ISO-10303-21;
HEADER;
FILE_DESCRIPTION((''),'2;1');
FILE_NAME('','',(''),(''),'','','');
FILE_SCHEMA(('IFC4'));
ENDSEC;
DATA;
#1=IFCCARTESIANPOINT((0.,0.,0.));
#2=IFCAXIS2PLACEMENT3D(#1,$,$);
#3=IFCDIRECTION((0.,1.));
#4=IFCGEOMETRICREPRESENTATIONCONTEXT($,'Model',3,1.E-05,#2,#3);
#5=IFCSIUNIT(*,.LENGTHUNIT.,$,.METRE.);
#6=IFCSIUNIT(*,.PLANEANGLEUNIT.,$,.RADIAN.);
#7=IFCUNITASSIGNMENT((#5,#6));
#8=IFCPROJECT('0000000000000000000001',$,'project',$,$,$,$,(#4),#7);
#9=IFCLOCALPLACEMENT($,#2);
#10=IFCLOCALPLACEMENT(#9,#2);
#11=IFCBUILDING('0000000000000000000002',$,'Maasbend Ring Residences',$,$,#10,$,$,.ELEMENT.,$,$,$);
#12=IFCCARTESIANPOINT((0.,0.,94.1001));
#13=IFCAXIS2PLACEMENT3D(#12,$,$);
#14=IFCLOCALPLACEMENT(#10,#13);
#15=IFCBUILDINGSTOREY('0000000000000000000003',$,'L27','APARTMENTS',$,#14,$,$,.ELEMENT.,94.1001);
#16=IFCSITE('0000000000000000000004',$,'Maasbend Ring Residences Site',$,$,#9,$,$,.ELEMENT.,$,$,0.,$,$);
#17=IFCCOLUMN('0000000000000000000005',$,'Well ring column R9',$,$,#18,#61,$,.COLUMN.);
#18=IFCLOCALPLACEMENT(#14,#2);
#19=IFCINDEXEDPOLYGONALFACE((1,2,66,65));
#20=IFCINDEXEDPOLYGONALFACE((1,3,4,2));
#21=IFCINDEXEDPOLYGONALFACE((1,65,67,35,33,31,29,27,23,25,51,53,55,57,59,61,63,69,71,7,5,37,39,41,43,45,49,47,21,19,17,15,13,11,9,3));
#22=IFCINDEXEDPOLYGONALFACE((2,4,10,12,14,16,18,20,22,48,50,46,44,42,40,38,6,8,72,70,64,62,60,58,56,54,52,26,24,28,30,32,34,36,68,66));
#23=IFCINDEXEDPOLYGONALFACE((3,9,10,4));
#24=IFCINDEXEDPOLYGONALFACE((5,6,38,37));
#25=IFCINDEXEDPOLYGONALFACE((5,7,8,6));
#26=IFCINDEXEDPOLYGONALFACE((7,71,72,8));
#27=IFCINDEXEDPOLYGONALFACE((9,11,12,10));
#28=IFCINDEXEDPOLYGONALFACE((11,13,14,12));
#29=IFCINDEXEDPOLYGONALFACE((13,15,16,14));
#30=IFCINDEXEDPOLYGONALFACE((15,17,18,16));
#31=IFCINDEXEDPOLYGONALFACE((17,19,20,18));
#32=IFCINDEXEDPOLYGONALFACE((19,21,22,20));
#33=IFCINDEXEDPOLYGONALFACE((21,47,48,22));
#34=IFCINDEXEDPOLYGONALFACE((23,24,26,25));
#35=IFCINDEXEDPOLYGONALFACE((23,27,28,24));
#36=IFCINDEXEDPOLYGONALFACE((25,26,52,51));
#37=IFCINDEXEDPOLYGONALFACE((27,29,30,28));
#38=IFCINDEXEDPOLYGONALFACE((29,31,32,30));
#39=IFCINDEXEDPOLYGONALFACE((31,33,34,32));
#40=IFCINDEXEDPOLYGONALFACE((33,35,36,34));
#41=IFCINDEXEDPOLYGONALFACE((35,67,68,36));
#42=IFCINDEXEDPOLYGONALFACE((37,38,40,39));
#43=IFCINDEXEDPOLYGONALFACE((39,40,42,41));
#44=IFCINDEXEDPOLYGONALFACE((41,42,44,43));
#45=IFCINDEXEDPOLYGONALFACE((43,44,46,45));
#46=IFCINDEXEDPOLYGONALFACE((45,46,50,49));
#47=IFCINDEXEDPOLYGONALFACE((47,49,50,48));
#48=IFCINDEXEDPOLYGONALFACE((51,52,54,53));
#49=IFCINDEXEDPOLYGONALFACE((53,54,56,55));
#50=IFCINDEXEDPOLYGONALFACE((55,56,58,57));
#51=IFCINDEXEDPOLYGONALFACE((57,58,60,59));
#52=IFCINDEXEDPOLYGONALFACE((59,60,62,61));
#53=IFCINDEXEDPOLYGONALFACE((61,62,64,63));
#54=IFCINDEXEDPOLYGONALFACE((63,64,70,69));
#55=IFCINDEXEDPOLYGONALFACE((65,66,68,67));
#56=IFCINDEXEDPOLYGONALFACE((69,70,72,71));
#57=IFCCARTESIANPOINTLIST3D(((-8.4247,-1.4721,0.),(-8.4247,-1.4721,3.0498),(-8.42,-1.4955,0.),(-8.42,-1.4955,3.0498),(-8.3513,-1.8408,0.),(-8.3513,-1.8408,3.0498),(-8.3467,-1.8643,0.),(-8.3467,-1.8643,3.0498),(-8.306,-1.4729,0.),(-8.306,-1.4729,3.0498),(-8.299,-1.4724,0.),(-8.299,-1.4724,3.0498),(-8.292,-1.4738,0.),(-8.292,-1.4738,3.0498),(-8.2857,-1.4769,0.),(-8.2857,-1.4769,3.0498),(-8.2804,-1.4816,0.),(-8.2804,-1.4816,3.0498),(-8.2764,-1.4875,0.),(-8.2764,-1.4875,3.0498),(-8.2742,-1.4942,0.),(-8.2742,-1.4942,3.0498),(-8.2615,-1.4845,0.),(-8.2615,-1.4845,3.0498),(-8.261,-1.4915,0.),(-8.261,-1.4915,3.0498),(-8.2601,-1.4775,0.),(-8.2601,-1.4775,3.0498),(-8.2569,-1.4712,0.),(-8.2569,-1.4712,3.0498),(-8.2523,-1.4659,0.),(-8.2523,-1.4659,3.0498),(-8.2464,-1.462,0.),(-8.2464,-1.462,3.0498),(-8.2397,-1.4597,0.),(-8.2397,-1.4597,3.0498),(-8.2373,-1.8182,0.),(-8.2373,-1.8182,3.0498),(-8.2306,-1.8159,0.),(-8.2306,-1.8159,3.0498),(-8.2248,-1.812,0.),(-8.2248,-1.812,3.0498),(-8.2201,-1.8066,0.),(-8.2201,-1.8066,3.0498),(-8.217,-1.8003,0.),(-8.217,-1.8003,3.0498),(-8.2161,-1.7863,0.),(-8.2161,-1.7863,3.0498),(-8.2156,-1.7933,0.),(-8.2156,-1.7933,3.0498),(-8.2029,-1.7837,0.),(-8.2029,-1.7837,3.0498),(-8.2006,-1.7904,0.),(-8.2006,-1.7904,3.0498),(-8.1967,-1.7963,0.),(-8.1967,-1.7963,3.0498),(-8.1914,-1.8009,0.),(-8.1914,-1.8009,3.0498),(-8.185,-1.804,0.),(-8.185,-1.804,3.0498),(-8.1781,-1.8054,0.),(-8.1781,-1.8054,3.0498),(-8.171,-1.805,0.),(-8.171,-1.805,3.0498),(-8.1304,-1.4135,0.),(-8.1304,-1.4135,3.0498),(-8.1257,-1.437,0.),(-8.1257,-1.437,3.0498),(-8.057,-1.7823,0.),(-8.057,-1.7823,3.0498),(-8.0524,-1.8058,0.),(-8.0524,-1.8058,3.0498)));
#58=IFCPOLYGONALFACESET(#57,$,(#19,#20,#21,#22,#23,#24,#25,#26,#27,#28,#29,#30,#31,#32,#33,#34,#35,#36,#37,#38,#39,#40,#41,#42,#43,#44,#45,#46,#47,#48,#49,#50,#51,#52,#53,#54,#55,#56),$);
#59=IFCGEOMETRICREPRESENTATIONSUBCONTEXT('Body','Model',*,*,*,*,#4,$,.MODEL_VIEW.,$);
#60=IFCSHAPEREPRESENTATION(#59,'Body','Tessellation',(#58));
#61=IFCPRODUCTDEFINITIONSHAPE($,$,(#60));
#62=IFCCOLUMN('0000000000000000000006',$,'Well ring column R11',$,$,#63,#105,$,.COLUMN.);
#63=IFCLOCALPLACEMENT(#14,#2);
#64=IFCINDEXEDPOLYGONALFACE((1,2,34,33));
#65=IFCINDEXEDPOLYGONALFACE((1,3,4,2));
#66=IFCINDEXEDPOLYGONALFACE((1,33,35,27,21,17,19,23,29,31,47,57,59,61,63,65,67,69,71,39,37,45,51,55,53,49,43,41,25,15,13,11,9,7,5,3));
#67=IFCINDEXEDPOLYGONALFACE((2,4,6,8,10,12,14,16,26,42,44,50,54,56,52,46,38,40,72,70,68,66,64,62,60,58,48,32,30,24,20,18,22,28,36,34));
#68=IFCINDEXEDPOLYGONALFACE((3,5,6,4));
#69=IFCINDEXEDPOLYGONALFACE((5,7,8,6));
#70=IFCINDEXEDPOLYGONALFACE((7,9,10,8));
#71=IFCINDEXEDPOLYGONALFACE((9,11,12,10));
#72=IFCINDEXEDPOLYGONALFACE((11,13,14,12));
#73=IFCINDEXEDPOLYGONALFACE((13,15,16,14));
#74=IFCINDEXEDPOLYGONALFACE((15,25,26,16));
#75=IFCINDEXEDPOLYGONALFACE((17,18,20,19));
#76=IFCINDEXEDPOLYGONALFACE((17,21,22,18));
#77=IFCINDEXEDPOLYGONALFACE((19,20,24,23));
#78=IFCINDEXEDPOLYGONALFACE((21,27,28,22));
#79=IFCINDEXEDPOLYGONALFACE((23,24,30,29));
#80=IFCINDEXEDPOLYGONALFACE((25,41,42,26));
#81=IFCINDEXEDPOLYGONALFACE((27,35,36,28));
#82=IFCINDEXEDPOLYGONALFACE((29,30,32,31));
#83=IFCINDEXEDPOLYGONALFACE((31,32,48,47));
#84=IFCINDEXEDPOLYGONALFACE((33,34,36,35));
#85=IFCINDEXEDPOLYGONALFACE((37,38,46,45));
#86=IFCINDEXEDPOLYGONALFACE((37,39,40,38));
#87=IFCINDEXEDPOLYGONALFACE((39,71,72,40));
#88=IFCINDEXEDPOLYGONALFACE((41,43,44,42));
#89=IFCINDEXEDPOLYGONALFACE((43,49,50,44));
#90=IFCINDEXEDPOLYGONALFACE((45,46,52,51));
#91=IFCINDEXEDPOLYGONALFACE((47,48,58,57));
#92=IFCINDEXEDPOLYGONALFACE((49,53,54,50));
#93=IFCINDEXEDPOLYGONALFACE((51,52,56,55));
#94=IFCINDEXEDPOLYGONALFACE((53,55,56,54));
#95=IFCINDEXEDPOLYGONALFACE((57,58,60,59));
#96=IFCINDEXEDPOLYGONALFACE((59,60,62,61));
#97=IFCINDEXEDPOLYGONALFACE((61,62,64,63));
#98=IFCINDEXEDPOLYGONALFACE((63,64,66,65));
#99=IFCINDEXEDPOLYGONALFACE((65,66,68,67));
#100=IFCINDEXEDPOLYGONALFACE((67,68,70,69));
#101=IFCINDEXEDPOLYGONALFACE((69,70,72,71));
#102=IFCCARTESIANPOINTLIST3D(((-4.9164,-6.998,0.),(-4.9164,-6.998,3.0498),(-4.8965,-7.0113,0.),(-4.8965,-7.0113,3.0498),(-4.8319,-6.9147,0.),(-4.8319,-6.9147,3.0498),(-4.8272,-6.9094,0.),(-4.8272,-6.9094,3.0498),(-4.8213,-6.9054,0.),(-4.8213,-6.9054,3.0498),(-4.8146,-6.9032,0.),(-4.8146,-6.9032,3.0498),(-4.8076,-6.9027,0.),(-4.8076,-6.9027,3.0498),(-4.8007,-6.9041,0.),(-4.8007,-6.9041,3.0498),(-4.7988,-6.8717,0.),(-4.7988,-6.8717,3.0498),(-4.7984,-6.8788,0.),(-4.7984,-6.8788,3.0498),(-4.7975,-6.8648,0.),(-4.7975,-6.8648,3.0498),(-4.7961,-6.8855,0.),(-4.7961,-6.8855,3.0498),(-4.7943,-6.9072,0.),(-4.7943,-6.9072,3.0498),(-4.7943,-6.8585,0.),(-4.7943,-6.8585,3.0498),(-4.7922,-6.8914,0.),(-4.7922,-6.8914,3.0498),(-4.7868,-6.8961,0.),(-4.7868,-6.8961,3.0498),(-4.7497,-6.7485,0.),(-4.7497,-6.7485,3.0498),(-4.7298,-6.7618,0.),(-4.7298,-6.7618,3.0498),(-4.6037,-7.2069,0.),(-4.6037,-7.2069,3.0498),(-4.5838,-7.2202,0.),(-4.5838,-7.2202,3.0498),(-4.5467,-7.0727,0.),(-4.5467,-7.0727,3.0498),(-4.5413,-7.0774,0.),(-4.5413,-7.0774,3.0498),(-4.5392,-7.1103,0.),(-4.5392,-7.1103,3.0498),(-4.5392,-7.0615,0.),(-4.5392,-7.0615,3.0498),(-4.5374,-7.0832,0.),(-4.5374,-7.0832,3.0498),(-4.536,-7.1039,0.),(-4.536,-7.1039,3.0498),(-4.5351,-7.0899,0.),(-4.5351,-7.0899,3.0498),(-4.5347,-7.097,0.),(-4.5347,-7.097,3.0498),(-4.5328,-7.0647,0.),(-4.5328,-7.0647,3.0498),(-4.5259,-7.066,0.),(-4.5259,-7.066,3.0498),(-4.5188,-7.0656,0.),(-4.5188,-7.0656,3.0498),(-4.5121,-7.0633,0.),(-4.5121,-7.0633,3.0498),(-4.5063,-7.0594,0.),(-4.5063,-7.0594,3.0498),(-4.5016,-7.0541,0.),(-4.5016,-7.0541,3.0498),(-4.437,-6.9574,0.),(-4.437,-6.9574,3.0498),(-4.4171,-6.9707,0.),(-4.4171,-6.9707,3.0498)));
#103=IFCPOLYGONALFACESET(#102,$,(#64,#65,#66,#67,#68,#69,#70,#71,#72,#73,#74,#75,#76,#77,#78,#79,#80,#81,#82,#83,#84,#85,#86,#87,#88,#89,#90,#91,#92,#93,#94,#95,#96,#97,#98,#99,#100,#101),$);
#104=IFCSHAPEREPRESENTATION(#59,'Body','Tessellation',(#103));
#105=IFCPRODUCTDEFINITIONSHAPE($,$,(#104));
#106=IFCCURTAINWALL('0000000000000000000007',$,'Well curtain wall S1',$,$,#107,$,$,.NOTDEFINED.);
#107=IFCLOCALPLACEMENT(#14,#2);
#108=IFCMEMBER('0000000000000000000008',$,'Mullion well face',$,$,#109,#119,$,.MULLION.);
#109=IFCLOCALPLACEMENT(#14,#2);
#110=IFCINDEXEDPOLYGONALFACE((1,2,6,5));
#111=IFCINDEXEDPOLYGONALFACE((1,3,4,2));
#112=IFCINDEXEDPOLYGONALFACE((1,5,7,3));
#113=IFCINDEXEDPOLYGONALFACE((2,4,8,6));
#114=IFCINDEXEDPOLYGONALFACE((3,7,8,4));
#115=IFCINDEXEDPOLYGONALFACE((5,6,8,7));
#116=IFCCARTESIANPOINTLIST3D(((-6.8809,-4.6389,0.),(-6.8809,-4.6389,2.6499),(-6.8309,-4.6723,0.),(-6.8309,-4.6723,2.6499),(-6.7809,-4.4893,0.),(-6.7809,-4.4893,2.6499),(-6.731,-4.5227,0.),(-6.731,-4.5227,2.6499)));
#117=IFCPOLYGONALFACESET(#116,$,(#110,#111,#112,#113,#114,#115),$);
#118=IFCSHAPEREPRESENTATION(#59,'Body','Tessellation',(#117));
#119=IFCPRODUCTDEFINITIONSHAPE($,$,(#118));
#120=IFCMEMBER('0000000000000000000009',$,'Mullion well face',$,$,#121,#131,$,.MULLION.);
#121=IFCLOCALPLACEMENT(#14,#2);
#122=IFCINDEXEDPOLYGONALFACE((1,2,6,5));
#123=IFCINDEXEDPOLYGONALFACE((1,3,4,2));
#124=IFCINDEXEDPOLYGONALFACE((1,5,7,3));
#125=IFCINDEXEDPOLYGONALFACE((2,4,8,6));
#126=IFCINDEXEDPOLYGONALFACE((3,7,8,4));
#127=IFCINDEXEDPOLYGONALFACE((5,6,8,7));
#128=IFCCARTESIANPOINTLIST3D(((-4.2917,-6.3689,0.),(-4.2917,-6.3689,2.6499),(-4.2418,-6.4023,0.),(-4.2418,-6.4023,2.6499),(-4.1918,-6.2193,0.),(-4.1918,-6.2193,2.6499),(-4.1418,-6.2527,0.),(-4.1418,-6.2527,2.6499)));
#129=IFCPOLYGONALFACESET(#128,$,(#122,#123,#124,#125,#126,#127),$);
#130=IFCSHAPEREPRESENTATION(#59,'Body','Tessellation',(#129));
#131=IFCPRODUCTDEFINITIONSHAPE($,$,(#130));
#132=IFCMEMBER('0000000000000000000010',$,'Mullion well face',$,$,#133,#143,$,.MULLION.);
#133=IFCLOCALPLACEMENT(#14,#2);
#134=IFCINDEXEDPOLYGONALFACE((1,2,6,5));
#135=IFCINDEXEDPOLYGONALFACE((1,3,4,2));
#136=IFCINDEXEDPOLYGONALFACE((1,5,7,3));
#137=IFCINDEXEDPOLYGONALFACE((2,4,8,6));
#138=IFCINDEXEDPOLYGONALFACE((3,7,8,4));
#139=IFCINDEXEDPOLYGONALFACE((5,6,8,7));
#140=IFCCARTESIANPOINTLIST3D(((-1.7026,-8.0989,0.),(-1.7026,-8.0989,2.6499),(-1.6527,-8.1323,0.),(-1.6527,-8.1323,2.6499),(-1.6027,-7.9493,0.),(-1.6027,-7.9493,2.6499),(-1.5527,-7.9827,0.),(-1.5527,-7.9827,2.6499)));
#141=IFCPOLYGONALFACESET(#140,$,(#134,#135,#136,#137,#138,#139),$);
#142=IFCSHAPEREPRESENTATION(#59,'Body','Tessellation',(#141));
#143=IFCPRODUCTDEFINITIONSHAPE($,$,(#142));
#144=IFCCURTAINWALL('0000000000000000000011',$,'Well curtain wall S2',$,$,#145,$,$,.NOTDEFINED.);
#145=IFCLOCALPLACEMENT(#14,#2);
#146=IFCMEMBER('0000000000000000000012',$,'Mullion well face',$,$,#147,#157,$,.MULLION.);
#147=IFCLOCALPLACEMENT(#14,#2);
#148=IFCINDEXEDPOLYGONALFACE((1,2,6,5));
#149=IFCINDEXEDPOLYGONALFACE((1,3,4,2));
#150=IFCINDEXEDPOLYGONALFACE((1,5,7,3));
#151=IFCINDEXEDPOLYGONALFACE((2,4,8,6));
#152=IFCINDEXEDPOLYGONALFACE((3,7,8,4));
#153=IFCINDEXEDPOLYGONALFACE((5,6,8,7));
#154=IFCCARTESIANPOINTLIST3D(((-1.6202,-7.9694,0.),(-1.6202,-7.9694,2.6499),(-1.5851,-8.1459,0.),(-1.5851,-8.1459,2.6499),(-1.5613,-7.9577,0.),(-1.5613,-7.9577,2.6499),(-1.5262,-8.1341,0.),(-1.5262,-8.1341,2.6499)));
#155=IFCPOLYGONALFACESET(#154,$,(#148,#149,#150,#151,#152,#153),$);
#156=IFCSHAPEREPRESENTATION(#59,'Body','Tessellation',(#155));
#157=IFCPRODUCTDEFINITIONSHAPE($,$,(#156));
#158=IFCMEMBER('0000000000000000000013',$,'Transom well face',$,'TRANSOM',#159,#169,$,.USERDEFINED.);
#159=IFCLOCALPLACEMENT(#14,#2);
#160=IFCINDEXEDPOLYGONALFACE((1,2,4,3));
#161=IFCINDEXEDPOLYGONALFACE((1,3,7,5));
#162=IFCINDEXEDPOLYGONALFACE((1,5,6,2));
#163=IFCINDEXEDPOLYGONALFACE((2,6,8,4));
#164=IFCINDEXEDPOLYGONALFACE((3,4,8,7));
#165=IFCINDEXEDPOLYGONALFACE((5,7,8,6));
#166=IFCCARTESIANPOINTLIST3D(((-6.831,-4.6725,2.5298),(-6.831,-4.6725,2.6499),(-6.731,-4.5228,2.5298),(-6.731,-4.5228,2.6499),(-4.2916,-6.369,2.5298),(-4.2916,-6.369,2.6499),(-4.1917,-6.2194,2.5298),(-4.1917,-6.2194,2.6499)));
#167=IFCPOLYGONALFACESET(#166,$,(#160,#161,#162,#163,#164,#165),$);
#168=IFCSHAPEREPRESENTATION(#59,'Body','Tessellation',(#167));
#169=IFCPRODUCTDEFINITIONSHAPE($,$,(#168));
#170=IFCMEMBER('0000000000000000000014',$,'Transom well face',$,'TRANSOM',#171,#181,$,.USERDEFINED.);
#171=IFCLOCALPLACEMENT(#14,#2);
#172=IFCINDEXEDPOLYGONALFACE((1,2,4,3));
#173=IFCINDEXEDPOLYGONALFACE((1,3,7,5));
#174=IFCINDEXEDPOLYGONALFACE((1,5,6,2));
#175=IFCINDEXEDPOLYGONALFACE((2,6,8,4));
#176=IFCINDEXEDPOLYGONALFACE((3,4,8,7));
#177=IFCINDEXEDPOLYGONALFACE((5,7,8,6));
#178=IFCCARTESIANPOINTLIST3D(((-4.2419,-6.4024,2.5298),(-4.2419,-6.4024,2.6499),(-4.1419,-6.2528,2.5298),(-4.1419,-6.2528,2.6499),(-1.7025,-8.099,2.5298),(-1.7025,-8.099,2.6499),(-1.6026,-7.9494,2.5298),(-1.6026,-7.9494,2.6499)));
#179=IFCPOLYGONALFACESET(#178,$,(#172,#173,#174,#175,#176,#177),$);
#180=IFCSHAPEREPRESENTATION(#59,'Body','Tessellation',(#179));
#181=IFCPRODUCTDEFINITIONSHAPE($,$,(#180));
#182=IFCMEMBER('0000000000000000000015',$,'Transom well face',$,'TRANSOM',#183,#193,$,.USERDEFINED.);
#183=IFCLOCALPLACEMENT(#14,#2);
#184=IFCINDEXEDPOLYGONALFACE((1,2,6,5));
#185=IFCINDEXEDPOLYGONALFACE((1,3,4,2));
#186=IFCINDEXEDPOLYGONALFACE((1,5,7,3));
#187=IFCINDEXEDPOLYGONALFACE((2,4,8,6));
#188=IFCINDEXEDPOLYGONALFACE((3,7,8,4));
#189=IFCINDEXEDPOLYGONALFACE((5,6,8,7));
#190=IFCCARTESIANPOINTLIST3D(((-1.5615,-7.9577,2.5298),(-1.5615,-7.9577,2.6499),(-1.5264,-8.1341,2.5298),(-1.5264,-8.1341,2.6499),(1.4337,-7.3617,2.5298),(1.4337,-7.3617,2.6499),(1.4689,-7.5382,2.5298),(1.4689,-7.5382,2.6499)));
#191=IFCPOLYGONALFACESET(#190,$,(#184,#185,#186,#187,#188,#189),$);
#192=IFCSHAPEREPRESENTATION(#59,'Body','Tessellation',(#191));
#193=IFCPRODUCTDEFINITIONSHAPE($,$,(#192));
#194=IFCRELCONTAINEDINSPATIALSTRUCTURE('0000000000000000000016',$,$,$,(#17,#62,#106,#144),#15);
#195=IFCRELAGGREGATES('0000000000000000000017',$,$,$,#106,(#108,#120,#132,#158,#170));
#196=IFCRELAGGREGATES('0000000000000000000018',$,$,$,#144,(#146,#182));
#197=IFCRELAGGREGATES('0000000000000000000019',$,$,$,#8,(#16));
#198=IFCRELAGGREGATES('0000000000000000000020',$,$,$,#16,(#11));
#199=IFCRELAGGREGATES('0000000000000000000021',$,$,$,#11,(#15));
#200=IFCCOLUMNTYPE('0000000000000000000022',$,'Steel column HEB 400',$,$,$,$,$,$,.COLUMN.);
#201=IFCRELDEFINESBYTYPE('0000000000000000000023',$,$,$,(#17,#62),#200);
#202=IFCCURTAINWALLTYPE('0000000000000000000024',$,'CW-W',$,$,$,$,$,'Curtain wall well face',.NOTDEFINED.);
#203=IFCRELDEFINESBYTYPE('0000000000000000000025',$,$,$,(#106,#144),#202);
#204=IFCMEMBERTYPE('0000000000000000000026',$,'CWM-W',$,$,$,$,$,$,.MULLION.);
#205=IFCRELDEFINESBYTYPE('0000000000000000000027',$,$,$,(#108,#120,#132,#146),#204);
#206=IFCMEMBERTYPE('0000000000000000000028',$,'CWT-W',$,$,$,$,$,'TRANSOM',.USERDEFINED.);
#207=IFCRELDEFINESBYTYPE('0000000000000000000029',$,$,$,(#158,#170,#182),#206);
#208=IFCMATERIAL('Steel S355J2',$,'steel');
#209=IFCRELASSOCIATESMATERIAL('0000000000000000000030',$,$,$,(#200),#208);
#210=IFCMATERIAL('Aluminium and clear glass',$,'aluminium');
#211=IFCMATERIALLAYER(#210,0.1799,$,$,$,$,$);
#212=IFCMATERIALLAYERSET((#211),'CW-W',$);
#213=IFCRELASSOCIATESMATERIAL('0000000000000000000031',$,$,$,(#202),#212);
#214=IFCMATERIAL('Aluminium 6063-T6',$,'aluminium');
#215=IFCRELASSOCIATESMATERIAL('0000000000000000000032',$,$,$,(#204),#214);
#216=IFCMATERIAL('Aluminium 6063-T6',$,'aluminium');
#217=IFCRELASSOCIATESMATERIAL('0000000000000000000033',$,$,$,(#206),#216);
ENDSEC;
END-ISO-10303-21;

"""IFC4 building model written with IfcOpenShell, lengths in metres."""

from ifc_helpers import new_model, si_unit, direction, frame, origin, origin_2d, place, context, subcontext, project, spatial, rectangle, i_section, extrude, material, layer, layer_set, material_profile, profile_set, type_object, element, aggregate, save


model = new_model("IFC4")

# Units and contexts
model_context = context("Model", 3, precision=1e-05, world=origin(), true_north=direction((0.0, 1.0)))
body_context = subcontext(model_context, "Body", "Model", "MODEL_VIEW")
ifc_project = project(units=[si_unit("LENGTHUNIT", "METRE"), si_unit("PLANEANGLEUNIT", "RADIAN")], contexts=[model_context])

# Site, building, storey
site_placement = place(None, origin())
site = spatial("IfcSite", under=ifc_project, at=site_placement, Name="Maasbend Ring Residences Site", CompositionType="ELEMENT", RefElevation=0.0)
building_placement = place(site_placement, origin())
building = spatial("IfcBuilding", under=site, at=building_placement, Name="Maasbend Ring Residences", CompositionType="ELEMENT")
storey_placement = place(building_placement, frame((0.0, 0.0, 94.1001)))
storey = spatial("IfcBuildingStorey", under=building, at=storey_placement, Name="L27", Description="APARTMENTS", CompositionType="ELEMENT", Elevation=94.1001)

# Columns
ifc_material_1 = material(Name="Steel S355J2", Category="steel")
ifc_material_profile_1 = material_profile(ifc_material_1, i_section(OverallWidth=0.3, OverallDepth=0.3999, WebThickness=0.0134, FlangeThickness=0.0239, FilletRadius=0.0271, at=origin_2d()), Name="HEB 400")
ifc_profile_set_1 = profile_set([ifc_material_profile_1], Name="Steel S355J2")
column_type = type_object("IfcColumnType", Name="Steel column HEB 400", PredefinedType="COLUMN", material=ifc_profile_set_1)
for number, where, z_axis, x_axis, name in (
    (1, (-8.2385, -1.6389, 0.0), (0.0, 0.0, 1.0), (-0.980785, -0.19509, 0.0), "Well ring column R9"),
    (2, (-4.6667, -6.9844, 0.0), (0.0, 0.0, 1.0), (-0.55557, -0.83147, 0.0), "Well ring column R11"),
):
    element("IfcColumn", number, at=place(storey_placement, frame(where, z_axis=z_axis, x_axis=x_axis)), inside=storey, type_object=column_type, Name=name, PredefinedType="COLUMN", context=body_context, shape_type="SweptSolid", body=[
        extrude(i_section(OverallWidth=0.3, OverallDepth=0.3999, WebThickness=0.0134, FlangeThickness=0.0239, FilletRadius=0.0271, at=origin_2d()), origin(), (0.0, 0.0, 1.0), 3.0498),
    ])

# Curtain wall, members
ifc_material_2 = material(Name="Aluminium and clear glass", Category="aluminium")
ifc_layer_1 = layer(ifc_material_2, 0.1799)
ifc_layer_set_1 = layer_set([ifc_layer_1], Name="CW-W")
curtain_wall_type = type_object("IfcCurtainWallType", Name="CW-W", ElementType="Curtain wall well face", PredefinedType="NOTDEFINED", material=ifc_layer_set_1)
curtain_wall_1_placement = place(storey_placement, origin())
curtain_wall_1 = element("IfcCurtainWall", 3, at=curtain_wall_1_placement, inside=storey, type_object=curtain_wall_type, Name="Well curtain wall S1", PredefinedType="NOTDEFINED")
ifc_material_3 = material(Name="Aluminium 6063-T6", Category="aluminium")
ifc_material_profile_2 = material_profile(ifc_material_3, rectangle(XDim=0.1799, YDim=0.0601, at=origin_2d()), Name="AL 180x60")
ifc_profile_set_2 = profile_set([ifc_material_profile_2], Name="Aluminium 6063-T6")
member_type_1 = type_object("IfcMemberType", Name="CWM-W", PredefinedType="MULLION", material=ifc_profile_set_2)
member_1_placement = place(storey_placement, frame((-6.8059, -4.5808, 0.0), z_axis=(0.0, 0.0, 1.0), x_axis=(0.55557, 0.83147, 0.0)))
member_1 = element("IfcMember", 4, at=member_1_placement, type_object=member_type_1, Name="Mullion well face", PredefinedType="MULLION", context=body_context, shape_type="SweptSolid", body=[
    extrude(rectangle(XDim=0.1799, YDim=0.0601, at=origin_2d()), origin(), (0.0, 0.0, 1.0), 2.6499),
])
member_2_placement = place(storey_placement, frame((-4.2168, -6.3108, 0.0), z_axis=(0.0, 0.0, 1.0), x_axis=(0.55557, 0.83147, 0.0)))
member_2 = element("IfcMember", 5, at=member_2_placement, type_object=member_type_1, Name="Mullion well face", PredefinedType="MULLION", context=body_context, shape_type="SweptSolid", body=[
    extrude(rectangle(XDim=0.1799, YDim=0.0601, at=origin_2d()), origin(), (0.0, 0.0, 1.0), 2.6499),
])
member_3_placement = place(storey_placement, frame((-1.6277, -8.0408, 0.0), z_axis=(0.0, 0.0, 1.0), x_axis=(0.55557, 0.83147, 0.0)))
member_3 = element("IfcMember", 6, at=member_3_placement, type_object=member_type_1, Name="Mullion well face", PredefinedType="MULLION", context=body_context, shape_type="SweptSolid", body=[
    extrude(rectangle(XDim=0.1799, YDim=0.0601, at=origin_2d()), origin(), (0.0, 0.0, 1.0), 2.6499),
])

# Curtain wall, member
curtain_wall_2_placement = place(storey_placement, origin())
curtain_wall_2 = element("IfcCurtainWall", 7, at=curtain_wall_2_placement, inside=storey, type_object=curtain_wall_type, Name="Well curtain wall S2", PredefinedType="NOTDEFINED")
member_4_placement = place(storey_placement, frame((-1.5732, -8.0518, 0.0), z_axis=(0.0, 0.0, 1.0), x_axis=(-0.19509, 0.980785, 0.0)))
member_4 = element("IfcMember", 8, at=member_4_placement, type_object=member_type_1, Name="Mullion well face", PredefinedType="MULLION", context=body_context, shape_type="SweptSolid", body=[
    extrude(rectangle(XDim=0.1799, YDim=0.0601, at=origin_2d()), origin(), (0.0, 0.0, 1.0), 2.6499),
])

# Members
ifc_material_4 = material(Name="Aluminium 6063-T6", Category="aluminium")
ifc_material_profile_3 = material_profile(ifc_material_4, rectangle(XDim=0.1799, YDim=0.1201, at=origin_2d()), Name="AL 180x120")
ifc_profile_set_3 = profile_set([ifc_material_profile_3], Name="Aluminium 6063-T6")
member_type_2 = type_object("IfcMemberType", Name="CWT-W", ElementType="TRANSOM", PredefinedType="USERDEFINED", material=ifc_profile_set_3)
member_5_placement = place(storey_placement, frame((-6.781, -4.5977, 2.5898), z_axis=(0.831496, -0.55553, 0.0), x_axis=(0.55553, 0.831496, 0.0)))
member_5 = element("IfcMember", 9, at=member_5_placement, type_object=member_type_2, Name="Transom well face", ObjectType="TRANSOM", PredefinedType="USERDEFINED", context=body_context, shape_type="SweptSolid", body=[
    extrude(rectangle(XDim=0.1799, YDim=0.1201, at=origin_2d()), origin(), (0.0, 0.0, 1.0), 3.054),
])
member_6_placement = place(storey_placement, frame((-4.1919, -6.3276, 2.5898), z_axis=(0.831496, -0.55553, 0.0), x_axis=(0.55553, 0.831496, 0.0)))
member_6 = element("IfcMember", 10, at=member_6_placement, type_object=member_type_2, Name="Transom well face", ObjectType="TRANSOM", PredefinedType="USERDEFINED", context=body_context, shape_type="SweptSolid", body=[
    extrude(rectangle(XDim=0.1799, YDim=0.1201, at=origin_2d()), origin(), (0.0, 0.0, 1.0), 3.054),
])
member_7_placement = place(storey_placement, frame((-1.5439, -8.0459, 2.5898), z_axis=(0.980777, 0.195132, 0.0), x_axis=(-0.195132, 0.980777, 0.0)))
member_7 = element("IfcMember", 11, at=member_7_placement, type_object=member_type_2, Name="Transom well face", ObjectType="TRANSOM", PredefinedType="USERDEFINED", context=body_context, shape_type="SweptSolid", body=[
    extrude(rectangle(XDim=0.1799, YDim=0.1201, at=origin_2d()), origin(), (0.0, 0.0, 1.0), 3.054),
])

aggregate(curtain_wall_1, [member_1, member_2, member_3, member_5, member_6])
aggregate(curtain_wall_2, [member_4, member_7])

save(model, "model.ifc")
